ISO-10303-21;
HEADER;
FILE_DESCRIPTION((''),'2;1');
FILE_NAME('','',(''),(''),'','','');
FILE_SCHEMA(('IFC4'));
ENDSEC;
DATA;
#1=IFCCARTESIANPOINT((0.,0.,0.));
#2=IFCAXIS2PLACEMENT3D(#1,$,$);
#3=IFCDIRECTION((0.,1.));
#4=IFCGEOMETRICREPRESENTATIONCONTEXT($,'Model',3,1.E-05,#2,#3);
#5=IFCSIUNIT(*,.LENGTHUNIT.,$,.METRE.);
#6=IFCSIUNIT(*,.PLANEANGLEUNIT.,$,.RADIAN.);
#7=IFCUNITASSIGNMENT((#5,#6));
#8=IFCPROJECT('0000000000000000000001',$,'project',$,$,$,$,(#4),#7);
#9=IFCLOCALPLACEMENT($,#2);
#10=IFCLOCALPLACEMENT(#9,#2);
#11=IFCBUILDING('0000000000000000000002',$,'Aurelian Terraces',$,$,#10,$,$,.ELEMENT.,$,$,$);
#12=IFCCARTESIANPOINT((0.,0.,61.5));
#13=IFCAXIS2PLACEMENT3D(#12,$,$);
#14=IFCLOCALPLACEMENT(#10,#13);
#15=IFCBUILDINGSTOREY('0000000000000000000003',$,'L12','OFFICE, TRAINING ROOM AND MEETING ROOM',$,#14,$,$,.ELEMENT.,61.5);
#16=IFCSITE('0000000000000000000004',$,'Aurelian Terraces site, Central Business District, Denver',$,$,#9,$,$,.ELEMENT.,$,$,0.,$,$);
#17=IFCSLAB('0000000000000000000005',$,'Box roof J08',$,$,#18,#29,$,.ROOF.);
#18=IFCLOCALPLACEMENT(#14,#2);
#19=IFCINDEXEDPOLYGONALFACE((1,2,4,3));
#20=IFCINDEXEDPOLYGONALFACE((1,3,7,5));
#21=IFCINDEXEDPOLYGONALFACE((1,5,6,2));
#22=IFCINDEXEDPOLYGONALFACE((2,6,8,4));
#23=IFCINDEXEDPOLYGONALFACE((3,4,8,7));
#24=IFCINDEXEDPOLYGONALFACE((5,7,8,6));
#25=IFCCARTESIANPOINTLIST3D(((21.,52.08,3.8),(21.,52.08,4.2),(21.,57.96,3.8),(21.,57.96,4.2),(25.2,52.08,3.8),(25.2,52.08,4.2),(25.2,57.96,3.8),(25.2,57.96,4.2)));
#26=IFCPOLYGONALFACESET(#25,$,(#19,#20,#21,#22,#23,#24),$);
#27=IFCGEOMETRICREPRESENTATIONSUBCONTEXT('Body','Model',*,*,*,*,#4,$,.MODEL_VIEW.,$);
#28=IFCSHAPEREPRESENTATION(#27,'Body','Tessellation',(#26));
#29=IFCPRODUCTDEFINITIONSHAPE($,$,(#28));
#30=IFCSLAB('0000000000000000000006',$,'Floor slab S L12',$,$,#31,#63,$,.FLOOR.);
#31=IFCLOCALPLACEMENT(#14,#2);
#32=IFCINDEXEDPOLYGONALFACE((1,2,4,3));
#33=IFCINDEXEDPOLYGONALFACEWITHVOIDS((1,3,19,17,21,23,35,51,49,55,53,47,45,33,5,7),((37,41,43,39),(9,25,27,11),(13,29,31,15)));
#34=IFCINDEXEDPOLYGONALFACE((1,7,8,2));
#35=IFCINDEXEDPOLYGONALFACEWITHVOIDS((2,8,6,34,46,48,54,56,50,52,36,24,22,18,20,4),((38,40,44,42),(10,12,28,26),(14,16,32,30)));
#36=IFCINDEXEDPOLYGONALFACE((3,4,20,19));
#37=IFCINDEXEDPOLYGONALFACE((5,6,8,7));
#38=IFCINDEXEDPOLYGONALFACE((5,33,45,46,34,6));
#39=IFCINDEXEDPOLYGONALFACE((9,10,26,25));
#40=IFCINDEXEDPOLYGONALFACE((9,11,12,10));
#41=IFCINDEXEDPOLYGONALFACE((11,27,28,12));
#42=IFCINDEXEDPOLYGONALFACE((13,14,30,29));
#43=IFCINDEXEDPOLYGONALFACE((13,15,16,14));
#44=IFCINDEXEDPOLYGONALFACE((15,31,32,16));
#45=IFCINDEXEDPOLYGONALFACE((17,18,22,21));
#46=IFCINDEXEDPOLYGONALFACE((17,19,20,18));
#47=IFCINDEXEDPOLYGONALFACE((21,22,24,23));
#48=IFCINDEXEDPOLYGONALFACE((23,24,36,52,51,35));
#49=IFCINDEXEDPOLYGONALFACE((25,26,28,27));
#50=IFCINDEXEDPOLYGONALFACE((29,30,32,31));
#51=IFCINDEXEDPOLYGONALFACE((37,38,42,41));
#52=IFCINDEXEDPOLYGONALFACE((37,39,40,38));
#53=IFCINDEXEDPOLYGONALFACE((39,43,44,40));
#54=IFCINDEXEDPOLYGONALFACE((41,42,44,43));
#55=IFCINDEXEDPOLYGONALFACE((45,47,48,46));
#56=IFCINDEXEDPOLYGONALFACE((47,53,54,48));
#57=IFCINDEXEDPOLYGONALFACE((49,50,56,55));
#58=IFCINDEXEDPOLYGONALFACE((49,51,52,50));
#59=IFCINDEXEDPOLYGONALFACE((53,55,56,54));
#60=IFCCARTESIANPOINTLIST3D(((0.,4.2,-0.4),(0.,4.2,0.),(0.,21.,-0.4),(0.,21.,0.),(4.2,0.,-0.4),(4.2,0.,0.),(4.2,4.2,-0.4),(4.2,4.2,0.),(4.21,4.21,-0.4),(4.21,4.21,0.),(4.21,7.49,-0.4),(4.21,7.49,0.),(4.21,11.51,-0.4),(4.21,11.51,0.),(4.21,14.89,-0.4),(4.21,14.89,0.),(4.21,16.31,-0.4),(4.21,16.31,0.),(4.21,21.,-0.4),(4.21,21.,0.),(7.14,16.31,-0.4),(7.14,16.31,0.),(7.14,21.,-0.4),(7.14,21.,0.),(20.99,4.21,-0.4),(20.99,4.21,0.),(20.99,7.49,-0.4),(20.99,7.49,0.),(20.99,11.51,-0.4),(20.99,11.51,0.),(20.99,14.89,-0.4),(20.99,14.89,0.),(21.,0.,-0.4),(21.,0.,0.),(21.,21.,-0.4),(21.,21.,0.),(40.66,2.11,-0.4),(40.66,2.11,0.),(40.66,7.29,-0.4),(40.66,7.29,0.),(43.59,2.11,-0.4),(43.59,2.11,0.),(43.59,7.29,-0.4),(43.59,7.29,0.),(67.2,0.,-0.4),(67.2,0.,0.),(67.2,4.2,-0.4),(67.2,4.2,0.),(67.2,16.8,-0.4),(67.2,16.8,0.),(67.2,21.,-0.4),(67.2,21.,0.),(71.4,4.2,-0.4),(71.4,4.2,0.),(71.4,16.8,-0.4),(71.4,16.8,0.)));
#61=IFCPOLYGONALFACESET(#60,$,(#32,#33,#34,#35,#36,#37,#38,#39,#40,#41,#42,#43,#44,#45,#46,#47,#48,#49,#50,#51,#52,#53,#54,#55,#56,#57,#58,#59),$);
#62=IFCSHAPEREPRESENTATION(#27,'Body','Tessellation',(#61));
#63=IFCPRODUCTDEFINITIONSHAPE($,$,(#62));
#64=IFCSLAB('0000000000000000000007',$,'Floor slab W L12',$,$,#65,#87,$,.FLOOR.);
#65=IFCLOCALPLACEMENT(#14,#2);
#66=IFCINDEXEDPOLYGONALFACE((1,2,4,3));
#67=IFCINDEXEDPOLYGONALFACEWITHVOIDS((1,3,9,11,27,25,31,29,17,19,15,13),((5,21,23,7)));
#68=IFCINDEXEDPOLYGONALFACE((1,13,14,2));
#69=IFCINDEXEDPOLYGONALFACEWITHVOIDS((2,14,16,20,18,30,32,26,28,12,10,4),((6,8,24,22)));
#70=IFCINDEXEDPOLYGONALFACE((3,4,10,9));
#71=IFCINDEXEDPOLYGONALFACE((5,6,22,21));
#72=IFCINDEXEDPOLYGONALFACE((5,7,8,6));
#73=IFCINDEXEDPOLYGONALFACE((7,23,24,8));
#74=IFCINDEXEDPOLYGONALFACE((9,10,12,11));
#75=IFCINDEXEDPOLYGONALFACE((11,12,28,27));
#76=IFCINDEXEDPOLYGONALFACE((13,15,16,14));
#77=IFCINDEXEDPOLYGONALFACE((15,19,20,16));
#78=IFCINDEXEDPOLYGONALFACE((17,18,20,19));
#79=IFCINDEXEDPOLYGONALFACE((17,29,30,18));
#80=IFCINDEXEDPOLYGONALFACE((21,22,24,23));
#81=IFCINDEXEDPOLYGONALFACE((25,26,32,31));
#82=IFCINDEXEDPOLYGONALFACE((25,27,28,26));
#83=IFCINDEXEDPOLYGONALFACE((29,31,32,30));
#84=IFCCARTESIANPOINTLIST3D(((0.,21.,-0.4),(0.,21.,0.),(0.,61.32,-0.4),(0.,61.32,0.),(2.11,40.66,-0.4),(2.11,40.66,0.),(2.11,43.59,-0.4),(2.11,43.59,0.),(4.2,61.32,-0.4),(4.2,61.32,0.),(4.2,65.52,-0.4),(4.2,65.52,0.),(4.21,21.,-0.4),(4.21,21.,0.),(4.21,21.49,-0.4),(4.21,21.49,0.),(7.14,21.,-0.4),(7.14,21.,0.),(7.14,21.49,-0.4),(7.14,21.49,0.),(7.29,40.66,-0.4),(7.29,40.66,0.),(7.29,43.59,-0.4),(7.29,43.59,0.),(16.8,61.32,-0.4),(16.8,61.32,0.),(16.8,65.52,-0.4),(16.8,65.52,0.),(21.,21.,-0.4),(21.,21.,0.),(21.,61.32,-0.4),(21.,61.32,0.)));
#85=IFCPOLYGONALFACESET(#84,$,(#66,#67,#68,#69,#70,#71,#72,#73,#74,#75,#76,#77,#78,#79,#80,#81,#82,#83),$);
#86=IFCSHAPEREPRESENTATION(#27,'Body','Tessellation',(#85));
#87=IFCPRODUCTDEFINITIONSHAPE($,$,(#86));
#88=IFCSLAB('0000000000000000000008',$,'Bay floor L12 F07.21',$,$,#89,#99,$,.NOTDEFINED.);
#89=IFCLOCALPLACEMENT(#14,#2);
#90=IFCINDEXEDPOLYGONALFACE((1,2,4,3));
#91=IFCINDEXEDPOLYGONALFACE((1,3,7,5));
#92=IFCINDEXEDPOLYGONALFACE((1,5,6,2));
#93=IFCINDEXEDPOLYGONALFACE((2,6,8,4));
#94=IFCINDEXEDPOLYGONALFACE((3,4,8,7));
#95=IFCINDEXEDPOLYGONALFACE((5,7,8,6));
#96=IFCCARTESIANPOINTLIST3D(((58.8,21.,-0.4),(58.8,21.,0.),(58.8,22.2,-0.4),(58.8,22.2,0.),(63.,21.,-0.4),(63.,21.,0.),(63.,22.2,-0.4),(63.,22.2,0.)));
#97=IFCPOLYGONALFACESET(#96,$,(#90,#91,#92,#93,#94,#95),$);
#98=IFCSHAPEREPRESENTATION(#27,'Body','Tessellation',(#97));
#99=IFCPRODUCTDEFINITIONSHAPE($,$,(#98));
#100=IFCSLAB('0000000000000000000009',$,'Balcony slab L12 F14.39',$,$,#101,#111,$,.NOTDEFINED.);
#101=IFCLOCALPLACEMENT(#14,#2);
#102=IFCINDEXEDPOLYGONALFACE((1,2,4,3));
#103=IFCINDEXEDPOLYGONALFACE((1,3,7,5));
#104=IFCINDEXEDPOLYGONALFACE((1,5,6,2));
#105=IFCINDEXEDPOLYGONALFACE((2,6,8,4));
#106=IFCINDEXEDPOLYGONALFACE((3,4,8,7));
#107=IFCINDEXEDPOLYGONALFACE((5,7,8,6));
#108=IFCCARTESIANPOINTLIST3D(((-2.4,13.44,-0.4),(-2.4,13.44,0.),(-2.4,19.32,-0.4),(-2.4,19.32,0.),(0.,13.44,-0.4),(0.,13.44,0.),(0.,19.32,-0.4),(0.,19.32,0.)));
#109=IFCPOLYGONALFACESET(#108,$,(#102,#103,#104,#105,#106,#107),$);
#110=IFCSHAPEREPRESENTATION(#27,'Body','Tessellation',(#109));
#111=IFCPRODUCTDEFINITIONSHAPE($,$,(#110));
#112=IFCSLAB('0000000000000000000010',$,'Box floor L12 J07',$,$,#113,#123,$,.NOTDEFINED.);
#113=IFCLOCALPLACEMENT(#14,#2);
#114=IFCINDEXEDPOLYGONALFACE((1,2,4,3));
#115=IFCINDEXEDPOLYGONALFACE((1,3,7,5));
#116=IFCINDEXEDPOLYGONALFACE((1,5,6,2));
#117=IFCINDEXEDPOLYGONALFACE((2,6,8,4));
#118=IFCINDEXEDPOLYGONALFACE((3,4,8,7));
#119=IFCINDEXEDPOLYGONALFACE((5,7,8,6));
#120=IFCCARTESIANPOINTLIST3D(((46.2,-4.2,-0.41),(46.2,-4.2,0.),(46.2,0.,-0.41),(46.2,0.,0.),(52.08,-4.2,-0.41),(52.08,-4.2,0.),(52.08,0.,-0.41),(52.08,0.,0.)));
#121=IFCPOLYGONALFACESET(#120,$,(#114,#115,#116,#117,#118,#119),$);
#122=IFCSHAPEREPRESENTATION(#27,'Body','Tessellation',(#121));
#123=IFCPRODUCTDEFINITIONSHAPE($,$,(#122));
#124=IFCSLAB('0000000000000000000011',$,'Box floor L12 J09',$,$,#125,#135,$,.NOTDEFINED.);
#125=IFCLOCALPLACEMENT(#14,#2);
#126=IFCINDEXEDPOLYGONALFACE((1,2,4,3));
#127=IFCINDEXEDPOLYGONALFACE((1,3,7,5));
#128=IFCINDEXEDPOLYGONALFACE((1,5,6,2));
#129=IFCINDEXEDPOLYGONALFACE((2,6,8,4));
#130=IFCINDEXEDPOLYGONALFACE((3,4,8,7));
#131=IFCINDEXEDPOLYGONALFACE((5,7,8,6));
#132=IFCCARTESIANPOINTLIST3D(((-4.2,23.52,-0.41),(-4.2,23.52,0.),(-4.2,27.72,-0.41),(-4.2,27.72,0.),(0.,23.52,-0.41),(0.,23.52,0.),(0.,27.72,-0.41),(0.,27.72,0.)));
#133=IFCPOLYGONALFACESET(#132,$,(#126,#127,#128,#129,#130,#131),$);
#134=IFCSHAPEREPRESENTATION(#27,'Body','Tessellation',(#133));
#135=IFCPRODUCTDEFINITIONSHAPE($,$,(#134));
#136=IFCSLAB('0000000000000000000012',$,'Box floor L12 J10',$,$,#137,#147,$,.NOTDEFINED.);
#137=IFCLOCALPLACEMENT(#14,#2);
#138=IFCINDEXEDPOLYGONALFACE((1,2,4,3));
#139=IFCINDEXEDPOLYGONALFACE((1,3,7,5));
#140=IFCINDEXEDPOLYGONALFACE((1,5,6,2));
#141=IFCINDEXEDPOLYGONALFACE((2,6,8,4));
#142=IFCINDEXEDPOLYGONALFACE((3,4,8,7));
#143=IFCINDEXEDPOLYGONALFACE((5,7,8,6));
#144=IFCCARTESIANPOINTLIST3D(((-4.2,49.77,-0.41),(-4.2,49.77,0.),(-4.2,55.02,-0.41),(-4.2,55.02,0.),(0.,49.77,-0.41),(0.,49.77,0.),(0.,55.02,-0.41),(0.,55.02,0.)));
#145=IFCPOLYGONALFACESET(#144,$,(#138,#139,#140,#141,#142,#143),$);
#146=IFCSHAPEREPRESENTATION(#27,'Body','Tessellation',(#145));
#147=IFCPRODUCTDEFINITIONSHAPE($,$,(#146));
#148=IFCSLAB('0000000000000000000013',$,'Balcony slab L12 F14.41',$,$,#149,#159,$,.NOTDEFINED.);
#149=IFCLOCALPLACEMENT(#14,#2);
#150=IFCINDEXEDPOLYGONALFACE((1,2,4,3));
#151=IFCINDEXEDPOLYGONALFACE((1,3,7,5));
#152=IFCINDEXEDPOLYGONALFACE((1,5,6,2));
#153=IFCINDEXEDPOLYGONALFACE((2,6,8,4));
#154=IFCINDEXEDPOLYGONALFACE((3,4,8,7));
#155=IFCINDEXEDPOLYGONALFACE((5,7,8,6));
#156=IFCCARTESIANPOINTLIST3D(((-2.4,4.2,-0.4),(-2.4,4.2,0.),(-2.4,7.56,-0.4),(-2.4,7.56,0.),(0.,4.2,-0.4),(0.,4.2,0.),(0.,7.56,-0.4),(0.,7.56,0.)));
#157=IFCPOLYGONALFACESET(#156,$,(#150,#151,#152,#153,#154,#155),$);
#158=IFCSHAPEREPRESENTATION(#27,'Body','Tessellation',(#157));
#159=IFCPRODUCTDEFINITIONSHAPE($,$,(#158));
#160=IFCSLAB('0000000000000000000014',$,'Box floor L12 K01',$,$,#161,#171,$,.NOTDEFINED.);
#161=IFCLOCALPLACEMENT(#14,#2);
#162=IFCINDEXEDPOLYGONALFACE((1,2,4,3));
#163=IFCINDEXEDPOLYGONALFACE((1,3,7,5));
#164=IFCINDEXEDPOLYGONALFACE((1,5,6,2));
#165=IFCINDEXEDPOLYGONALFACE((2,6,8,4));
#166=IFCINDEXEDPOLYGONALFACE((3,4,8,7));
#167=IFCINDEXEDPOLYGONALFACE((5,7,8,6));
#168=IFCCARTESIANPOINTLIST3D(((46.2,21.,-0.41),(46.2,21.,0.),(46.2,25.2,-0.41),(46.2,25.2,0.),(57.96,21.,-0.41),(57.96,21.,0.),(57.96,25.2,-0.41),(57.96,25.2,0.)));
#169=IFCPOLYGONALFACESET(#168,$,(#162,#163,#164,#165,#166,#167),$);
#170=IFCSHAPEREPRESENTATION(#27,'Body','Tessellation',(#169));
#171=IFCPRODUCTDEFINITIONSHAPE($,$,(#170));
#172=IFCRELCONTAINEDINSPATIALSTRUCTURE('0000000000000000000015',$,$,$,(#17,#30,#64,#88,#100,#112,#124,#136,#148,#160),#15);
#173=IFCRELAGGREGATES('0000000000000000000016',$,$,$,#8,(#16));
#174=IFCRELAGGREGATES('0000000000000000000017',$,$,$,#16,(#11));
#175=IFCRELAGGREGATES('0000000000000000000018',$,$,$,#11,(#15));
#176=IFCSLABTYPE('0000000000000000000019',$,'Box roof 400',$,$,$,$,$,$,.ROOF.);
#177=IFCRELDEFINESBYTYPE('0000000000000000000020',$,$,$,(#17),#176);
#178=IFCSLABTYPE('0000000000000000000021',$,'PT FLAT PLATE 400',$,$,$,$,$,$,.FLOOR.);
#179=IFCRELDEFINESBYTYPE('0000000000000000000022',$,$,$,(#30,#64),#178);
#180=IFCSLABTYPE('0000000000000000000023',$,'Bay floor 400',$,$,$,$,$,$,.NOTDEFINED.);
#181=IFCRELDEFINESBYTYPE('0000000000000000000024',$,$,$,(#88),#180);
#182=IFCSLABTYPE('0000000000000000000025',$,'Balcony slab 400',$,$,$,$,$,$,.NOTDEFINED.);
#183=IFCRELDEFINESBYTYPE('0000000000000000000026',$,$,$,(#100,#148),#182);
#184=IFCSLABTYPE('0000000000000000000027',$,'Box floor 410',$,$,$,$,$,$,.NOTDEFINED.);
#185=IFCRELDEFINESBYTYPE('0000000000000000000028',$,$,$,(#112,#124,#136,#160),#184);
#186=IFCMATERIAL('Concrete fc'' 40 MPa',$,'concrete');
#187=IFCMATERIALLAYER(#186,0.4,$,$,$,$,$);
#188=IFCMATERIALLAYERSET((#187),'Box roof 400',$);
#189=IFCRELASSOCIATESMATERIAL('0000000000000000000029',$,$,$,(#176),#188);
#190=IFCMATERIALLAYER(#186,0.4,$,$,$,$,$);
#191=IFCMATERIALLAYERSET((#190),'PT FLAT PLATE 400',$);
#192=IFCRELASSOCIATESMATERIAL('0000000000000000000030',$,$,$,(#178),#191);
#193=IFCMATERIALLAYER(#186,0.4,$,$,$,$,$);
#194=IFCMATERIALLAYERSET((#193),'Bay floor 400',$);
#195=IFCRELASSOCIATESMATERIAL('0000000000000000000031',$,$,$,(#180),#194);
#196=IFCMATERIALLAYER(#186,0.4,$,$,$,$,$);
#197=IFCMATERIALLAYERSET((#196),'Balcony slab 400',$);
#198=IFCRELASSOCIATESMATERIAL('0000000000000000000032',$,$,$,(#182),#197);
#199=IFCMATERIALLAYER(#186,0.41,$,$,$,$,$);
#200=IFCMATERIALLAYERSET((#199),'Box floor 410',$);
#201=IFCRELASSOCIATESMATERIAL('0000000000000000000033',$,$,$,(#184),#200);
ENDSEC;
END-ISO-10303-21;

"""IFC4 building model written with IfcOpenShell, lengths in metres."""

from ifc_helpers import new_model, si_unit, direction, frame, origin, place, context, subcontext, project, spatial, polyline, outline, extrude, source, transform, mapped, material, layer, layer_set, type_object, element, save


model = new_model("IFC4")

# Units and contexts
model_context = context("Model", 3, precision=1e-05, world=origin(), true_north=direction((0.0, 1.0)))
body_context = subcontext(model_context, "Body", "Model", "MODEL_VIEW")
ifc_project = project(units=[si_unit("LENGTHUNIT", "METRE"), si_unit("PLANEANGLEUNIT", "RADIAN")], contexts=[model_context])

# Site, building, storey
site_placement = place(None, origin())
site = spatial("IfcSite", under=ifc_project, at=site_placement, Name="Aurelian Terraces site, Central Business District, Denver", CompositionType="ELEMENT", RefElevation=0.0)
building_placement = place(site_placement, origin())
building = spatial("IfcBuilding", under=site, at=building_placement, Name="Aurelian Terraces", CompositionType="ELEMENT")
storey_placement = place(building_placement, frame((0.0, 0.0, 61.5)))
storey = spatial("IfcBuildingStorey", under=building, at=storey_placement, Name="L12", Description="OFFICE, TRAINING ROOM AND MEETING ROOM", CompositionType="ELEMENT", Elevation=61.5)

# Slabs
ifc_material_1 = material(Name="Concrete fc' 40 MPa", Category="concrete")
ifc_layer_1 = layer(ifc_material_1, 0.4)
ifc_layer_set_1 = layer_set([ifc_layer_1], Name="Box roof 400")
slab_type_1 = type_object("IfcSlabType", Name="Box roof 400", PredefinedType="ROOF", material=ifc_layer_set_1)
slab_1_placement = place(storey_placement, frame((0.0, 0.0, 3.8)))
element("IfcSlab", 1, at=slab_1_placement, inside=storey, type_object=slab_type_1, Name="Box roof J08", PredefinedType="ROOF", context=body_context, shape_type="SweptSolid", body=[
    extrude(outline(polyline([(25.2, 52.08), (25.2, 57.96), (21.0, 57.96), (21.0, 52.08), (25.2, 52.08)])), origin(), (0.0, 0.0, 1.0), 0.4),
])
ifc_layer_2 = layer(ifc_material_1, 0.4)
ifc_layer_set_2 = layer_set([ifc_layer_2], Name="PT FLAT PLATE 400")
slab_type_2 = type_object("IfcSlabType", Name="PT FLAT PLATE 400", PredefinedType="FLOOR", material=ifc_layer_set_2)
shared_shape_1 = source(origin(), body_context, "Body", "SweptSolid", [
    extrude(outline(polyline([(67.2, 16.8), (71.4, 16.8), (71.4, 4.2), (67.2, 4.2), (67.2, 0.0), (21.0, 0.0), (4.2, 0.0), (4.2, 4.2), (0.0, 4.2), (0.0, 21.0), (4.21, 21.0), (4.21, 16.31), (7.14, 16.31), (7.14, 21.0), (21.0, 21.0), (67.2, 21.0), (67.2, 16.8)]), holes=[polyline([(40.66, 2.11), (43.59, 2.11), (43.59, 7.29), (40.66, 7.29), (40.66, 2.11)]), polyline([(4.21, 7.49), (4.21, 4.21), (20.99, 4.21), (20.99, 7.49), (4.21, 7.49)]), polyline([(4.21, 14.89), (4.21, 11.51), (20.99, 11.51), (20.99, 14.89), (4.21, 14.89)])]), origin(), (0.0, 0.0, 1.0), 0.4),
])
slab_2_placement = place(storey_placement, frame((0.0, 0.0, -0.4)))
element("IfcSlab", 2, at=slab_2_placement, inside=storey, type_object=slab_type_2, Name="Floor slab S L12", PredefinedType="FLOOR", context=body_context, shape_type="MappedRepresentation", body=[
    mapped(shared_shape_1, transform((0.0, 0.0, 0.0), scale=1.0)),
])
shared_shape_2 = source(origin(), body_context, "Body", "SweptSolid", [
    extrude(outline(polyline([(7.14, 21.0), (7.14, 21.49), (4.21, 21.49), (4.21, 21.0), (0.0, 21.0), (0.0, 61.32), (4.2, 61.32), (4.2, 65.52), (16.8, 65.52), (16.8, 61.32), (21.0, 61.32), (21.0, 21.0), (7.14, 21.0)]), holes=[polyline([(7.29, 43.59), (2.11, 43.59), (2.11, 40.66), (7.29, 40.66), (7.29, 43.59)])]), origin(), (0.0, 0.0, 1.0), 0.4),
])
slab_3_placement = place(storey_placement, frame((0.0, 0.0, -0.4)))
element("IfcSlab", 3, at=slab_3_placement, inside=storey, type_object=slab_type_2, Name="Floor slab W L12", PredefinedType="FLOOR", context=body_context, shape_type="MappedRepresentation", body=[
    mapped(shared_shape_2, transform((0.0, 0.0, 0.0), scale=1.0)),
])
ifc_layer_3 = layer(ifc_material_1, 0.4)
ifc_layer_set_3 = layer_set([ifc_layer_3], Name="Bay floor 400")
slab_type_3 = type_object("IfcSlabType", Name="Bay floor 400", PredefinedType="NOTDEFINED", material=ifc_layer_set_3)
shared_shape_3 = source(origin(), body_context, "Body", "SweptSolid", [
    extrude(outline(polyline([(63.0, 21.0), (58.8, 21.0), (58.8, 22.2), (63.0, 22.2), (63.0, 21.0)])), origin(), (0.0, 0.0, 1.0), 0.4),
])
slab_4_placement = place(storey_placement, frame((0.0, 0.0, -0.4)))
element("IfcSlab", 4, at=slab_4_placement, inside=storey, type_object=slab_type_3, Name="Bay floor L12 F07.21", PredefinedType="NOTDEFINED", context=body_context, shape_type="MappedRepresentation", body=[
    mapped(shared_shape_3, transform((0.0, 0.0, 0.0), scale=1.0)),
])
ifc_layer_4 = layer(ifc_material_1, 0.4)
ifc_layer_set_4 = layer_set([ifc_layer_4], Name="Balcony slab 400")
slab_type_4 = type_object("IfcSlabType", Name="Balcony slab 400", PredefinedType="NOTDEFINED", material=ifc_layer_set_4)
shared_shape_4 = source(origin(), body_context, "Body", "SweptSolid", [
    extrude(outline(polyline([(0.0, 19.32), (0.0, 13.44), (-2.4, 13.44), (-2.4, 19.32), (0.0, 19.32)])), origin(), (0.0, 0.0, 1.0), 0.4),
])
slab_5_placement = place(storey_placement, frame((0.0, 0.0, -0.4)))
element("IfcSlab", 5, at=slab_5_placement, inside=storey, type_object=slab_type_4, Name="Balcony slab L12 F14.39", PredefinedType="NOTDEFINED", context=body_context, shape_type="MappedRepresentation", body=[
    mapped(shared_shape_4, transform((0.0, 0.0, 0.0), scale=1.0)),
])
ifc_layer_5 = layer(ifc_material_1, 0.41)
ifc_layer_set_5 = layer_set([ifc_layer_5], Name="Box floor 410")
slab_type_5 = type_object("IfcSlabType", Name="Box floor 410", PredefinedType="NOTDEFINED", material=ifc_layer_set_5)
shared_shape_5 = source(origin(), body_context, "Body", "SweptSolid", [
    extrude(outline(polyline([(46.2, -4.2), (52.08, -4.2), (52.08, 0.0), (46.2, 0.0), (46.2, -4.2)])), origin(), (0.0, 0.0, 1.0), 0.41),
])
slab_6_placement = place(storey_placement, frame((0.0, 0.0, -0.41)))
element("IfcSlab", 6, at=slab_6_placement, inside=storey, type_object=slab_type_5, Name="Box floor L12 J07", PredefinedType="NOTDEFINED", context=body_context, shape_type="MappedRepresentation", body=[
    mapped(shared_shape_5, transform((0.0, 0.0, 0.0), scale=1.0)),
])
shared_shape_6 = source(origin(), body_context, "Body", "SweptSolid", [
    extrude(outline(polyline([(-4.2, 27.72), (-4.2, 23.52), (0.0, 23.52), (0.0, 27.72), (-4.2, 27.72)])), origin(), (0.0, 0.0, 1.0), 0.41),
])
slab_7_placement = place(storey_placement, frame((0.0, 0.0, -0.41)))
element("IfcSlab", 7, at=slab_7_placement, inside=storey, type_object=slab_type_5, Name="Box floor L12 J09", PredefinedType="NOTDEFINED", context=body_context, shape_type="MappedRepresentation", body=[
    mapped(shared_shape_6, transform((0.0, 0.0, 0.0), scale=1.0)),
])
shared_shape_7 = source(origin(), body_context, "Body", "SweptSolid", [
    extrude(outline(polyline([(-4.2, 55.02), (-4.2, 49.77), (0.0, 49.77), (0.0, 55.02), (-4.2, 55.02)])), origin(), (0.0, 0.0, 1.0), 0.41),
])
slab_8_placement = place(storey_placement, frame((0.0, 0.0, -0.41)))
element("IfcSlab", 8, at=slab_8_placement, inside=storey, type_object=slab_type_5, Name="Box floor L12 J10", PredefinedType="NOTDEFINED", context=body_context, shape_type="MappedRepresentation", body=[
    mapped(shared_shape_7, transform((0.0, 0.0, 0.0), scale=1.0)),
])
shared_shape_8 = source(origin(), body_context, "Body", "SweptSolid", [
    extrude(outline(polyline([(0.0, 7.56), (0.0, 4.2), (-2.4, 4.2), (-2.4, 7.56), (0.0, 7.56)])), origin(), (0.0, 0.0, 1.0), 0.4),
])
slab_9_placement = place(storey_placement, frame((0.0, 0.0, -0.4)))
element("IfcSlab", 9, at=slab_9_placement, inside=storey, type_object=slab_type_4, Name="Balcony slab L12 F14.41", PredefinedType="NOTDEFINED", context=body_context, shape_type="MappedRepresentation", body=[
    mapped(shared_shape_8, transform((0.0, 0.0, 0.0), scale=1.0)),
])
shared_shape_9 = source(origin(), body_context, "Body", "SweptSolid", [
    extrude(outline(polyline([(57.96, 25.2), (46.2, 25.2), (46.2, 21.0), (57.96, 21.0), (57.96, 25.2)])), origin(), (0.0, 0.0, 1.0), 0.41),
])
slab_10_placement = place(storey_placement, frame((0.0, 0.0, -0.41)))
element("IfcSlab", 10, at=slab_10_placement, inside=storey, type_object=slab_type_5, Name="Box floor L12 K01", PredefinedType="NOTDEFINED", context=body_context, shape_type="MappedRepresentation", body=[
    mapped(shared_shape_9, transform((0.0, 0.0, 0.0), scale=1.0)),
])

save(model, "model.ifc")
